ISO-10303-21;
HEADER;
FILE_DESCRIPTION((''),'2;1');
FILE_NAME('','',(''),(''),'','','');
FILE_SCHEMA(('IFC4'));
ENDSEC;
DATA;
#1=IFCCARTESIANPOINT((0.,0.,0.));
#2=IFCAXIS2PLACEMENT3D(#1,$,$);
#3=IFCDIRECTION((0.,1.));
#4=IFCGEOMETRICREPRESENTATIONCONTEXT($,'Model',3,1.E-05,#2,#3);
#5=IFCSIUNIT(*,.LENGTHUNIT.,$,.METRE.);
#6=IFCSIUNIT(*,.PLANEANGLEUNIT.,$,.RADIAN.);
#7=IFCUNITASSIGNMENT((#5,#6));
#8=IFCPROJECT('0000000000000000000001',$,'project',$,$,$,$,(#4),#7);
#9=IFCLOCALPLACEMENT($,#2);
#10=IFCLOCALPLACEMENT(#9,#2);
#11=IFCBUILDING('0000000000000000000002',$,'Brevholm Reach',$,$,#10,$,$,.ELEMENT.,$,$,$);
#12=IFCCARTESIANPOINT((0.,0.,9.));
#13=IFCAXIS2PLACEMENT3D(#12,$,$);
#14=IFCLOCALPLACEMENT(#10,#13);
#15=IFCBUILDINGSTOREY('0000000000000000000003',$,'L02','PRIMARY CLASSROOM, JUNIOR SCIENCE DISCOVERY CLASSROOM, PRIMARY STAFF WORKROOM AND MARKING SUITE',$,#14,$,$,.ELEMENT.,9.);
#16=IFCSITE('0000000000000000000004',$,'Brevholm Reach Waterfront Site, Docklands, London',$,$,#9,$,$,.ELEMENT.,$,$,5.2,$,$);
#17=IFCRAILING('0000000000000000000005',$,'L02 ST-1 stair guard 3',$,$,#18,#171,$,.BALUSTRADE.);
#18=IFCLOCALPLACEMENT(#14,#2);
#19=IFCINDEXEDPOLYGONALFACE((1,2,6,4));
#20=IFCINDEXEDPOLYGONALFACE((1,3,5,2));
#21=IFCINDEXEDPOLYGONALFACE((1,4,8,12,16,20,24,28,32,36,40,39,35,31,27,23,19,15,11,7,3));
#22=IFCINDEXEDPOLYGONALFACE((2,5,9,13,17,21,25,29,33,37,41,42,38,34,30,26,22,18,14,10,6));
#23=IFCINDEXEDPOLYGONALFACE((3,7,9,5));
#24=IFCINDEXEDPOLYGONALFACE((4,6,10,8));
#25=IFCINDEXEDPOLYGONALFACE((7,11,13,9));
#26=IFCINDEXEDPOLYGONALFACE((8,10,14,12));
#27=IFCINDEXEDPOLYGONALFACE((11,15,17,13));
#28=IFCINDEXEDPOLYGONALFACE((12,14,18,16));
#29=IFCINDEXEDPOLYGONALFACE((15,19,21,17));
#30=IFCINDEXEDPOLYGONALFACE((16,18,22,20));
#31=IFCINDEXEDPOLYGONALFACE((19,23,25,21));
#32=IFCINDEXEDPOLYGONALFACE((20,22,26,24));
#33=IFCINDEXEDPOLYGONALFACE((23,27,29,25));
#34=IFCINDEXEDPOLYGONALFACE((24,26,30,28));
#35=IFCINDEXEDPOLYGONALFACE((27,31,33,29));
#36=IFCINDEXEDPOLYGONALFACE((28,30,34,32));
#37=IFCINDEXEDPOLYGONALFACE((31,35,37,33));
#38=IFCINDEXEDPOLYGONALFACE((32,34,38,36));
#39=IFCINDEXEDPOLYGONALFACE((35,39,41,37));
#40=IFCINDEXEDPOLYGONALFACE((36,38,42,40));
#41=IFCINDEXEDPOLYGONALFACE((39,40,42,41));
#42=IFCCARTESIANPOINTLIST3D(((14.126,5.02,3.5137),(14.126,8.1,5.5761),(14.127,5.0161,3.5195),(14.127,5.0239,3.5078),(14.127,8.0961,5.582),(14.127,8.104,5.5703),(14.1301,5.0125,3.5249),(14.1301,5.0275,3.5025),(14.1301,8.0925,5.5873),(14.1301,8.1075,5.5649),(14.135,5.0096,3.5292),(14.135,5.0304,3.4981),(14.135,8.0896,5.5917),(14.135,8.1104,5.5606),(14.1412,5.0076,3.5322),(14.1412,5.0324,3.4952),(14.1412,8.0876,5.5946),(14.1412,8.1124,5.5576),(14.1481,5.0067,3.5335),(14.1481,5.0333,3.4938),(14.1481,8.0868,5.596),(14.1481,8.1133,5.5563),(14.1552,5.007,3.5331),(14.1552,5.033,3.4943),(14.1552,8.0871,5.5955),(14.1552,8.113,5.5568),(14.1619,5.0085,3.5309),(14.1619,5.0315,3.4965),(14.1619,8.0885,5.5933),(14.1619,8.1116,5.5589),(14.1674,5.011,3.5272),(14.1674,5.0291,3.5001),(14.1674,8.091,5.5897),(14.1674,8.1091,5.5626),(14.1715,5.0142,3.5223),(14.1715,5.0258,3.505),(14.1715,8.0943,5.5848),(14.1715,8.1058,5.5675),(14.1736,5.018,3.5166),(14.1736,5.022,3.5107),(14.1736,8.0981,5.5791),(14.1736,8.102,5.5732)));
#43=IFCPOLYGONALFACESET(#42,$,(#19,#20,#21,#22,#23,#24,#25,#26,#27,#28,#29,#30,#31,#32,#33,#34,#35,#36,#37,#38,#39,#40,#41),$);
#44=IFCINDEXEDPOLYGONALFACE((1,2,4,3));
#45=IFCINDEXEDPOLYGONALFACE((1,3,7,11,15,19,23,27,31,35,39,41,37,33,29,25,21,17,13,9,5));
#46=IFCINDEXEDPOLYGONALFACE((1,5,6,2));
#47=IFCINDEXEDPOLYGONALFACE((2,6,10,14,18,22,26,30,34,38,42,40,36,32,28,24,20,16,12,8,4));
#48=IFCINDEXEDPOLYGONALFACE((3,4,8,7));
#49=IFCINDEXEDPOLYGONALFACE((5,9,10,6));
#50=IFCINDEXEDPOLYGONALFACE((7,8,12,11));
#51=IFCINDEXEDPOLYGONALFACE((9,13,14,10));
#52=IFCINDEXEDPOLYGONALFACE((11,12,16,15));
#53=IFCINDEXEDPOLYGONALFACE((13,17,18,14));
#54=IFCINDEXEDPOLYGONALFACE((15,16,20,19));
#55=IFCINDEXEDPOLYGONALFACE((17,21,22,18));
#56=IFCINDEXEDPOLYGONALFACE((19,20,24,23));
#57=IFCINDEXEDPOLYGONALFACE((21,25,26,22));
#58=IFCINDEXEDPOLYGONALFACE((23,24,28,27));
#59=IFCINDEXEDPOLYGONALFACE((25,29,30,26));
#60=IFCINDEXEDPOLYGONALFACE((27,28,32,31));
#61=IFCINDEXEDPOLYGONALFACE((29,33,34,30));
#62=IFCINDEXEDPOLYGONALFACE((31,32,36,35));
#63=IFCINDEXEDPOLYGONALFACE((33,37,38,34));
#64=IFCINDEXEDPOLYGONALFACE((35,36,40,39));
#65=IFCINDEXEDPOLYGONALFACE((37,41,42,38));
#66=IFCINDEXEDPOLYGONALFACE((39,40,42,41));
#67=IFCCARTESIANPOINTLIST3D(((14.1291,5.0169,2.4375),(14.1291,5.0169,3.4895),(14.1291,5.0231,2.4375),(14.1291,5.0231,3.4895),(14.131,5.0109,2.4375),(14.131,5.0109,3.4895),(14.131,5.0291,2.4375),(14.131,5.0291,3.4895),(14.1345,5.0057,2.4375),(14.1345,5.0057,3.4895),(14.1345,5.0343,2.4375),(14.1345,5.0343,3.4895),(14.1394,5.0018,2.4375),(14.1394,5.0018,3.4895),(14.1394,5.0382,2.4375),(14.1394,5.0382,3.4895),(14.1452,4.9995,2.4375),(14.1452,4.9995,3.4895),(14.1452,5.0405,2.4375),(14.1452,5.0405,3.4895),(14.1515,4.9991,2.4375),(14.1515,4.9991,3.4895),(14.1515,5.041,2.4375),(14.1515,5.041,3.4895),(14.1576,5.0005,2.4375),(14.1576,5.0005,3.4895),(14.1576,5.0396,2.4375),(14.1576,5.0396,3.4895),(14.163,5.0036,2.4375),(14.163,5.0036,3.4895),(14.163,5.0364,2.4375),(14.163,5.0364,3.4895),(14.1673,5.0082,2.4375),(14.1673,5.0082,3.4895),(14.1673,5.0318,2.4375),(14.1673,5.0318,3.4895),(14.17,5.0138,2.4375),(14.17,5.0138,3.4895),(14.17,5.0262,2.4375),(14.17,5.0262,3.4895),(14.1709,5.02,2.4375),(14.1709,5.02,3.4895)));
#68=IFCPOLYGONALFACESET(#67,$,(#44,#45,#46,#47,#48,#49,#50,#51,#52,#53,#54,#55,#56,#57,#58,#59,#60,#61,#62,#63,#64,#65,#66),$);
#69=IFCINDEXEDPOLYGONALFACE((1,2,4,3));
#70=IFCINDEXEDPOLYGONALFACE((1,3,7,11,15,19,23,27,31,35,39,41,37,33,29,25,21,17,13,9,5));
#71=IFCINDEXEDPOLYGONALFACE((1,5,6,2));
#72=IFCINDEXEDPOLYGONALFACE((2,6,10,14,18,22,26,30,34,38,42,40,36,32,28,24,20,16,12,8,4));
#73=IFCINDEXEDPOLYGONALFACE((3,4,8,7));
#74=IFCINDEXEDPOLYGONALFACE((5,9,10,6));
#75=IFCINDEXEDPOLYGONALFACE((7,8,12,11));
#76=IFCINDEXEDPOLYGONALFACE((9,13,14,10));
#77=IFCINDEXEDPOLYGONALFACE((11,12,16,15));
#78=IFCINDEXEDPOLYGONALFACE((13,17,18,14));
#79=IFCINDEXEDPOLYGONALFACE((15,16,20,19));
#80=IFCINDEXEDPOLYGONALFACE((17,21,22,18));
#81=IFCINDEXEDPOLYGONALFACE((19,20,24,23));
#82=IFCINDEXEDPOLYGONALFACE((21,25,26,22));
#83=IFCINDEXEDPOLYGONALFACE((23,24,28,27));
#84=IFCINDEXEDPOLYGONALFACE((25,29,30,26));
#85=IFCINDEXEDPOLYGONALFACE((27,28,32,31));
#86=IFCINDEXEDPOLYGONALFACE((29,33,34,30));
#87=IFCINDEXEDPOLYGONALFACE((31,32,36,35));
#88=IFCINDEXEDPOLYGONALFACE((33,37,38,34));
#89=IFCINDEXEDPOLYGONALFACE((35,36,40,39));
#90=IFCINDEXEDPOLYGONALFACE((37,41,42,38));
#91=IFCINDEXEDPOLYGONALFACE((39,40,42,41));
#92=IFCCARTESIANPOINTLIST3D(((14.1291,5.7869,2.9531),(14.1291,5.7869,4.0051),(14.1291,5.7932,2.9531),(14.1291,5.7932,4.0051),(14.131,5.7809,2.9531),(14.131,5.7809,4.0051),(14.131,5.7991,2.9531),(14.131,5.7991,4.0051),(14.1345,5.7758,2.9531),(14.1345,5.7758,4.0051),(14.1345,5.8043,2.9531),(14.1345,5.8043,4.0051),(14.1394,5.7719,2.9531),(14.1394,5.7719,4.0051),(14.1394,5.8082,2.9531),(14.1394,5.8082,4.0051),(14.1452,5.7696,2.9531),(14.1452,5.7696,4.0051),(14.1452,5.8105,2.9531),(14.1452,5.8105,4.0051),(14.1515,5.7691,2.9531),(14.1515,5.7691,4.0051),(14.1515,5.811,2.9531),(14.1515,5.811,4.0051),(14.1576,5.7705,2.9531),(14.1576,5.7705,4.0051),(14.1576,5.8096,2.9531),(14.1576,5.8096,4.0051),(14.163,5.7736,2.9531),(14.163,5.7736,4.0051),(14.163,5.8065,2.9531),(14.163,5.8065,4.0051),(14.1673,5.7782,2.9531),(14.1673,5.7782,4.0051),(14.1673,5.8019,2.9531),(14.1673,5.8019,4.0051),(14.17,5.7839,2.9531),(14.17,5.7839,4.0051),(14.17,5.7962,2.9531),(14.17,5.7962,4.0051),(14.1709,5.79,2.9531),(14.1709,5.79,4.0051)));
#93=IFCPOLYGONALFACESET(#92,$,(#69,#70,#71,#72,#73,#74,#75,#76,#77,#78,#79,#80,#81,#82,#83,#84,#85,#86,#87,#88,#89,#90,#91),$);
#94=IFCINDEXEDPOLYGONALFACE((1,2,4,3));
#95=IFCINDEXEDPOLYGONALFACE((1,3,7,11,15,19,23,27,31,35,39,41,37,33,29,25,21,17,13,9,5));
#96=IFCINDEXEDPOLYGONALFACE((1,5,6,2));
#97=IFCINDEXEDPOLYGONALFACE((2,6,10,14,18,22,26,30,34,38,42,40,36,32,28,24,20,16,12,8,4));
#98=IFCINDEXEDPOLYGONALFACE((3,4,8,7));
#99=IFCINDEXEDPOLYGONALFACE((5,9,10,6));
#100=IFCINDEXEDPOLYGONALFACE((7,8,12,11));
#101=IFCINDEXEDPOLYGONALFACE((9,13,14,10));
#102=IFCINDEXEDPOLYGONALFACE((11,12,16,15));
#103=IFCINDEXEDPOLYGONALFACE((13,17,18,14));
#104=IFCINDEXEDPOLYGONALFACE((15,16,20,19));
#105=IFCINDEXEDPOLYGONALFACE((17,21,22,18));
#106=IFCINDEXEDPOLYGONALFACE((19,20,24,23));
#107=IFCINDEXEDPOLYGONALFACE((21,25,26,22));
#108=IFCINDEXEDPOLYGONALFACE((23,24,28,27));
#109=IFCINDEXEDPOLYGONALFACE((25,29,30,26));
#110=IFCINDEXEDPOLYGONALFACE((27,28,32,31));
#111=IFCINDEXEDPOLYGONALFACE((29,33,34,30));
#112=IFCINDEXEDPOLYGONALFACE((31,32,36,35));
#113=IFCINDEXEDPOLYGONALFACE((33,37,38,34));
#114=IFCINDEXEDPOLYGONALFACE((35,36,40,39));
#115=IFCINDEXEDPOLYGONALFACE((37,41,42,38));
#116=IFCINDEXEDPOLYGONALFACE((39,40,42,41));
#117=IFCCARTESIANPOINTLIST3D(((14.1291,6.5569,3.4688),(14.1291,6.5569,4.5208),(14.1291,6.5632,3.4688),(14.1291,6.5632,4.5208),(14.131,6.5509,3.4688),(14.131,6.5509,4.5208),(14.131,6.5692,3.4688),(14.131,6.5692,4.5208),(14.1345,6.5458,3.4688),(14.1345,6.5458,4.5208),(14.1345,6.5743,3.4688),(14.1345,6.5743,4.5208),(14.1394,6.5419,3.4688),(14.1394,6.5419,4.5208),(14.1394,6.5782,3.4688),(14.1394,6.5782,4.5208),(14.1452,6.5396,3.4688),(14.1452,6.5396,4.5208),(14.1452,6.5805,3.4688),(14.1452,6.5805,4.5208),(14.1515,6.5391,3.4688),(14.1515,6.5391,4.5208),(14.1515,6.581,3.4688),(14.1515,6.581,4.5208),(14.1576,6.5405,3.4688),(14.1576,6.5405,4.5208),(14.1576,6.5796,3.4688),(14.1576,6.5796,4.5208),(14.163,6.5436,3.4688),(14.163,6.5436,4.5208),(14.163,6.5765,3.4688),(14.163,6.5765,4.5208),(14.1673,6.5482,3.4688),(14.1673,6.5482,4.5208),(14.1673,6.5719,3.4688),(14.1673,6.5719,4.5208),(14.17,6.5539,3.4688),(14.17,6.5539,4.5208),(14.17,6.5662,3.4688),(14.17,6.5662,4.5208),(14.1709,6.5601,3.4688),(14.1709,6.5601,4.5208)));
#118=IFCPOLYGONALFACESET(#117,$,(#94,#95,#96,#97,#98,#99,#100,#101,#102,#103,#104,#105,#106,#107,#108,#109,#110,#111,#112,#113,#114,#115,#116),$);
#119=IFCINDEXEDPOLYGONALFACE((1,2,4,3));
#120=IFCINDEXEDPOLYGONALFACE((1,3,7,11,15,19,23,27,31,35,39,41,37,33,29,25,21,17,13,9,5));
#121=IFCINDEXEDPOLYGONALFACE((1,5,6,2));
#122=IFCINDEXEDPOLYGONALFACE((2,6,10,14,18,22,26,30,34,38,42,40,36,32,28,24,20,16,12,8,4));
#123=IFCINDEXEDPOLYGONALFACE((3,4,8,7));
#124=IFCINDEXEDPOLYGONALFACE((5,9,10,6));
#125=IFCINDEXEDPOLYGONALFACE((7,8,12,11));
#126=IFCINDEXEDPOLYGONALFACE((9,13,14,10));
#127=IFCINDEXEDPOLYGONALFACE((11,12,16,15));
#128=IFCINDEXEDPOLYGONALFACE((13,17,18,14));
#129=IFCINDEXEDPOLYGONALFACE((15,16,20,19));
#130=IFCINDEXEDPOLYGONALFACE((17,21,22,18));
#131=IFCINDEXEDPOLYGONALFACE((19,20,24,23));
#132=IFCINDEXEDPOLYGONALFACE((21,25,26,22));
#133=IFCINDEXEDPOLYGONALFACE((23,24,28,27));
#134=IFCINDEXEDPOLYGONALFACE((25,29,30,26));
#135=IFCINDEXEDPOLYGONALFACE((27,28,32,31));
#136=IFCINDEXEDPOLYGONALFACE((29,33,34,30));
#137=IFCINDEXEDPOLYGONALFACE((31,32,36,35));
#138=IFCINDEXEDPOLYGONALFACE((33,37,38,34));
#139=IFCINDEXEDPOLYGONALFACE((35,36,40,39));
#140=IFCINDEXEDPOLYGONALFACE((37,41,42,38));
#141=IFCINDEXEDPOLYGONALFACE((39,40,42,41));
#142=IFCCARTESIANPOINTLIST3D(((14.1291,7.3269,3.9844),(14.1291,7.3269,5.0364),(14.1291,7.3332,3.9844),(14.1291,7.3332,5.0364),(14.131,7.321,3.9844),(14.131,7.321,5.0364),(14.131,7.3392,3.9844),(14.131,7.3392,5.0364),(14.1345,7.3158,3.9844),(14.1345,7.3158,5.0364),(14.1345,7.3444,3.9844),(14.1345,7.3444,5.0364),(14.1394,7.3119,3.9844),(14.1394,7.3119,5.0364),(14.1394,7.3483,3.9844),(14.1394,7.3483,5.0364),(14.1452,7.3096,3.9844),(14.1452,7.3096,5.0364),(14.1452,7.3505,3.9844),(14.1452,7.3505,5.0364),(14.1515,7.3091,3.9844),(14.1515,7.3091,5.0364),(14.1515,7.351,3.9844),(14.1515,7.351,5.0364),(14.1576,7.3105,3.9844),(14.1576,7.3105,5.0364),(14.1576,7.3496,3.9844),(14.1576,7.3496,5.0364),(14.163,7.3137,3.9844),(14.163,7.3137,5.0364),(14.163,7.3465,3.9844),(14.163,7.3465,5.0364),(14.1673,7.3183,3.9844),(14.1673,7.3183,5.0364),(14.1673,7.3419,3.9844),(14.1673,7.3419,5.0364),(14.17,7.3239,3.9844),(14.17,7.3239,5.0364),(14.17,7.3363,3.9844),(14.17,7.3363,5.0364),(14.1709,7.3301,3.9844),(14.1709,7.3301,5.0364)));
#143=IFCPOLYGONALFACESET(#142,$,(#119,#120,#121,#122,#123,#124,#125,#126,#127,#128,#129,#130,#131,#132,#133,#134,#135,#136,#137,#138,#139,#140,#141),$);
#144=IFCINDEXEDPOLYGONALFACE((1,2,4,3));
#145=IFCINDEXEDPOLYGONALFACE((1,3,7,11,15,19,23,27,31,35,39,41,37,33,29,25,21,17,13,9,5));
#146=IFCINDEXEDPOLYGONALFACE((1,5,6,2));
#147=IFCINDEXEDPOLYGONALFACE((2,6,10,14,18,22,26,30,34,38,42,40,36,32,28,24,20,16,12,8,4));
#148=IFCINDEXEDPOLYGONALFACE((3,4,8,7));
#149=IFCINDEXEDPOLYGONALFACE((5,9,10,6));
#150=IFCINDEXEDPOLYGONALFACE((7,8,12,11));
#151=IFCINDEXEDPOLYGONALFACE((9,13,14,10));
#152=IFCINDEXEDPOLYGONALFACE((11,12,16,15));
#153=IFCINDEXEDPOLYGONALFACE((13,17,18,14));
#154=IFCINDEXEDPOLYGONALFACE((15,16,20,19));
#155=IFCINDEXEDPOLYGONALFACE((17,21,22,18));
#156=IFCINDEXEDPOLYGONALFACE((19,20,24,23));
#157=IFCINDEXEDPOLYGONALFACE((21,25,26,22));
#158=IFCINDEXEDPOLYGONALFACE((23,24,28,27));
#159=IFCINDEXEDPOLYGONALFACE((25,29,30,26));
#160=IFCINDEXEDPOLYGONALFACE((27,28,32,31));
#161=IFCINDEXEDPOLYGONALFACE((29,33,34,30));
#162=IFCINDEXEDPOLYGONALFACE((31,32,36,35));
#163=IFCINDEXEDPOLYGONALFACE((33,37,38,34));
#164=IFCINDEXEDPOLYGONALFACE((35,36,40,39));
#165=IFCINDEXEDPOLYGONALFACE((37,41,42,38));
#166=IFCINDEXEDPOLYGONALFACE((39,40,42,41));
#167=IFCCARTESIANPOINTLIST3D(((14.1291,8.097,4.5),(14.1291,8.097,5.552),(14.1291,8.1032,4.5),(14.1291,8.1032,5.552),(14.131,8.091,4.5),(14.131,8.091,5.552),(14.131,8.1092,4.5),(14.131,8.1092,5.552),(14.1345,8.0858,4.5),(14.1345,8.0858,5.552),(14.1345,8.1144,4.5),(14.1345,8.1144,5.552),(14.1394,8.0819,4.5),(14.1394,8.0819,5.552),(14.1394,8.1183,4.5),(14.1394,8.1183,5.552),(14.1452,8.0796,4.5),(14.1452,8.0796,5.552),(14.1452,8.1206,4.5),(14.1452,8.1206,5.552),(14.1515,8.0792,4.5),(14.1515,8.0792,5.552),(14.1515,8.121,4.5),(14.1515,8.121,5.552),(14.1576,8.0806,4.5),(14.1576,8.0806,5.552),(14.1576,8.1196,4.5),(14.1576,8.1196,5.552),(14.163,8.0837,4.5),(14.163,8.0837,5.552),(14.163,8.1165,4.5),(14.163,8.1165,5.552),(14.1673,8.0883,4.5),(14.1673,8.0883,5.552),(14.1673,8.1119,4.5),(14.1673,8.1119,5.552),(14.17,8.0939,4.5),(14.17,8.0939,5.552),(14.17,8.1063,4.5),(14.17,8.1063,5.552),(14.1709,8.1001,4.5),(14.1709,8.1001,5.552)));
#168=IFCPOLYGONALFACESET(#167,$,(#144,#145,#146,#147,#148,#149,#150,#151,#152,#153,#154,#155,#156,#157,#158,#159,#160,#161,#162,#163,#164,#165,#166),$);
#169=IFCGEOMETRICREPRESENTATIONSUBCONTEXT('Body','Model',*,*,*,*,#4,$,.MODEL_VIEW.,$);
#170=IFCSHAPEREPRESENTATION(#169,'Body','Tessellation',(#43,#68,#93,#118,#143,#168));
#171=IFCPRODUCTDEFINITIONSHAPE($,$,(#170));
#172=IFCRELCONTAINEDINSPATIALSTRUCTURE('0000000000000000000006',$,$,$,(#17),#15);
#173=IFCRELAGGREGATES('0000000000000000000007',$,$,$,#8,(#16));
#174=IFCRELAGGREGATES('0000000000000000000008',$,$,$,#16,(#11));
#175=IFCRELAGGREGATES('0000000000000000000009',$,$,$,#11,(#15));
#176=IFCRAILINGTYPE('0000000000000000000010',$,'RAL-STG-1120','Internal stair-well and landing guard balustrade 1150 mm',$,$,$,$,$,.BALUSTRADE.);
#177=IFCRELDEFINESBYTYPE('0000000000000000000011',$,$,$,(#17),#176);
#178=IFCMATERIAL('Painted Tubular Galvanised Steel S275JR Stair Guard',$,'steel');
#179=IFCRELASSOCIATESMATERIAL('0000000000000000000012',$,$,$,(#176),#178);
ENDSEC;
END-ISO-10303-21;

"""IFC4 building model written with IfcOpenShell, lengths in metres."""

from ifc_helpers import new_model, si_unit, direction, frame, origin, origin_2d, place, context, subcontext, project, spatial, circle, extrude, material, type_object, element, save


model = new_model("IFC4")

# Units and contexts
model_context = context("Model", 3, precision=1e-05, world=origin(), true_north=direction((0.0, 1.0)))
body_context = subcontext(model_context, "Body", "Model", "MODEL_VIEW")
ifc_project = project(units=[si_unit("LENGTHUNIT", "METRE"), si_unit("PLANEANGLEUNIT", "RADIAN")], contexts=[model_context])

# Site, building, storey
site_placement = place(None, origin())
site = spatial("IfcSite", under=ifc_project, at=site_placement, Name="Brevholm Reach Waterfront Site, Docklands, London", CompositionType="ELEMENT", RefElevation=5.2)
building_placement = place(site_placement, origin())
building = spatial("IfcBuilding", under=site, at=building_placement, Name="Brevholm Reach", CompositionType="ELEMENT")
storey_placement = place(building_placement, frame((0.0, 0.0, 9.0)))
storey = spatial("IfcBuildingStorey", under=building, at=storey_placement, Name="L02", Description="PRIMARY CLASSROOM, JUNIOR SCIENCE DISCOVERY CLASSROOM, PRIMARY STAFF WORKROOM AND MARKING SUITE", CompositionType="ELEMENT", Elevation=9.0)

# Railing
ifc_material_1 = material(Name="Painted Tubular Galvanised Steel S275JR Stair Guard", Category="steel")
railing_type_1 = type_object("IfcRailingType", Name="RAL-STG-1120", Description="Internal stair-well and landing guard balustrade 1150 mm", PredefinedType="BALUSTRADE", material=ifc_material_1)
railing_1_placement = place(storey_placement, frame((14.1499, 5.02, 2.4375)))
element("IfcRailing", 1, at=railing_1_placement, inside=storey, type_object=railing_type_1, Name="L02 ST-1 stair guard 3", PredefinedType="BALUSTRADE", context=body_context, shape_type="SweptSolid", body=[
    extrude(circle(Radius=0.0239, at=origin_2d()), frame((0.0, 0.0, 1.0762), z_axis=(0.0, 0.830914, 0.556401), x_axis=(-1.0, 0.0, 0.0)), (0.0, 0.0, 1.0), 3.7068),
    extrude(circle(Radius=0.021, at=origin_2d()), origin(), (0.0, 0.0, 1.0), 1.052),
    extrude(circle(Radius=0.021, at=origin_2d()), frame((0.0, 0.77, 0.5156)), (0.0, 0.0, 1.0), 1.052),
    extrude(circle(Radius=0.021, at=origin_2d()), frame((0.0, 1.54, 1.0312)), (0.0, 0.0, 1.0), 1.052),
    extrude(circle(Radius=0.021, at=origin_2d()), frame((0.0, 2.3101, 1.5469)), (0.0, 0.0, 1.0), 1.052),
    extrude(circle(Radius=0.021, at=origin_2d()), frame((0.0, 3.0801, 2.0625)), (0.0, 0.0, 1.0), 1.052),
])

save(model, "model.ifc")
